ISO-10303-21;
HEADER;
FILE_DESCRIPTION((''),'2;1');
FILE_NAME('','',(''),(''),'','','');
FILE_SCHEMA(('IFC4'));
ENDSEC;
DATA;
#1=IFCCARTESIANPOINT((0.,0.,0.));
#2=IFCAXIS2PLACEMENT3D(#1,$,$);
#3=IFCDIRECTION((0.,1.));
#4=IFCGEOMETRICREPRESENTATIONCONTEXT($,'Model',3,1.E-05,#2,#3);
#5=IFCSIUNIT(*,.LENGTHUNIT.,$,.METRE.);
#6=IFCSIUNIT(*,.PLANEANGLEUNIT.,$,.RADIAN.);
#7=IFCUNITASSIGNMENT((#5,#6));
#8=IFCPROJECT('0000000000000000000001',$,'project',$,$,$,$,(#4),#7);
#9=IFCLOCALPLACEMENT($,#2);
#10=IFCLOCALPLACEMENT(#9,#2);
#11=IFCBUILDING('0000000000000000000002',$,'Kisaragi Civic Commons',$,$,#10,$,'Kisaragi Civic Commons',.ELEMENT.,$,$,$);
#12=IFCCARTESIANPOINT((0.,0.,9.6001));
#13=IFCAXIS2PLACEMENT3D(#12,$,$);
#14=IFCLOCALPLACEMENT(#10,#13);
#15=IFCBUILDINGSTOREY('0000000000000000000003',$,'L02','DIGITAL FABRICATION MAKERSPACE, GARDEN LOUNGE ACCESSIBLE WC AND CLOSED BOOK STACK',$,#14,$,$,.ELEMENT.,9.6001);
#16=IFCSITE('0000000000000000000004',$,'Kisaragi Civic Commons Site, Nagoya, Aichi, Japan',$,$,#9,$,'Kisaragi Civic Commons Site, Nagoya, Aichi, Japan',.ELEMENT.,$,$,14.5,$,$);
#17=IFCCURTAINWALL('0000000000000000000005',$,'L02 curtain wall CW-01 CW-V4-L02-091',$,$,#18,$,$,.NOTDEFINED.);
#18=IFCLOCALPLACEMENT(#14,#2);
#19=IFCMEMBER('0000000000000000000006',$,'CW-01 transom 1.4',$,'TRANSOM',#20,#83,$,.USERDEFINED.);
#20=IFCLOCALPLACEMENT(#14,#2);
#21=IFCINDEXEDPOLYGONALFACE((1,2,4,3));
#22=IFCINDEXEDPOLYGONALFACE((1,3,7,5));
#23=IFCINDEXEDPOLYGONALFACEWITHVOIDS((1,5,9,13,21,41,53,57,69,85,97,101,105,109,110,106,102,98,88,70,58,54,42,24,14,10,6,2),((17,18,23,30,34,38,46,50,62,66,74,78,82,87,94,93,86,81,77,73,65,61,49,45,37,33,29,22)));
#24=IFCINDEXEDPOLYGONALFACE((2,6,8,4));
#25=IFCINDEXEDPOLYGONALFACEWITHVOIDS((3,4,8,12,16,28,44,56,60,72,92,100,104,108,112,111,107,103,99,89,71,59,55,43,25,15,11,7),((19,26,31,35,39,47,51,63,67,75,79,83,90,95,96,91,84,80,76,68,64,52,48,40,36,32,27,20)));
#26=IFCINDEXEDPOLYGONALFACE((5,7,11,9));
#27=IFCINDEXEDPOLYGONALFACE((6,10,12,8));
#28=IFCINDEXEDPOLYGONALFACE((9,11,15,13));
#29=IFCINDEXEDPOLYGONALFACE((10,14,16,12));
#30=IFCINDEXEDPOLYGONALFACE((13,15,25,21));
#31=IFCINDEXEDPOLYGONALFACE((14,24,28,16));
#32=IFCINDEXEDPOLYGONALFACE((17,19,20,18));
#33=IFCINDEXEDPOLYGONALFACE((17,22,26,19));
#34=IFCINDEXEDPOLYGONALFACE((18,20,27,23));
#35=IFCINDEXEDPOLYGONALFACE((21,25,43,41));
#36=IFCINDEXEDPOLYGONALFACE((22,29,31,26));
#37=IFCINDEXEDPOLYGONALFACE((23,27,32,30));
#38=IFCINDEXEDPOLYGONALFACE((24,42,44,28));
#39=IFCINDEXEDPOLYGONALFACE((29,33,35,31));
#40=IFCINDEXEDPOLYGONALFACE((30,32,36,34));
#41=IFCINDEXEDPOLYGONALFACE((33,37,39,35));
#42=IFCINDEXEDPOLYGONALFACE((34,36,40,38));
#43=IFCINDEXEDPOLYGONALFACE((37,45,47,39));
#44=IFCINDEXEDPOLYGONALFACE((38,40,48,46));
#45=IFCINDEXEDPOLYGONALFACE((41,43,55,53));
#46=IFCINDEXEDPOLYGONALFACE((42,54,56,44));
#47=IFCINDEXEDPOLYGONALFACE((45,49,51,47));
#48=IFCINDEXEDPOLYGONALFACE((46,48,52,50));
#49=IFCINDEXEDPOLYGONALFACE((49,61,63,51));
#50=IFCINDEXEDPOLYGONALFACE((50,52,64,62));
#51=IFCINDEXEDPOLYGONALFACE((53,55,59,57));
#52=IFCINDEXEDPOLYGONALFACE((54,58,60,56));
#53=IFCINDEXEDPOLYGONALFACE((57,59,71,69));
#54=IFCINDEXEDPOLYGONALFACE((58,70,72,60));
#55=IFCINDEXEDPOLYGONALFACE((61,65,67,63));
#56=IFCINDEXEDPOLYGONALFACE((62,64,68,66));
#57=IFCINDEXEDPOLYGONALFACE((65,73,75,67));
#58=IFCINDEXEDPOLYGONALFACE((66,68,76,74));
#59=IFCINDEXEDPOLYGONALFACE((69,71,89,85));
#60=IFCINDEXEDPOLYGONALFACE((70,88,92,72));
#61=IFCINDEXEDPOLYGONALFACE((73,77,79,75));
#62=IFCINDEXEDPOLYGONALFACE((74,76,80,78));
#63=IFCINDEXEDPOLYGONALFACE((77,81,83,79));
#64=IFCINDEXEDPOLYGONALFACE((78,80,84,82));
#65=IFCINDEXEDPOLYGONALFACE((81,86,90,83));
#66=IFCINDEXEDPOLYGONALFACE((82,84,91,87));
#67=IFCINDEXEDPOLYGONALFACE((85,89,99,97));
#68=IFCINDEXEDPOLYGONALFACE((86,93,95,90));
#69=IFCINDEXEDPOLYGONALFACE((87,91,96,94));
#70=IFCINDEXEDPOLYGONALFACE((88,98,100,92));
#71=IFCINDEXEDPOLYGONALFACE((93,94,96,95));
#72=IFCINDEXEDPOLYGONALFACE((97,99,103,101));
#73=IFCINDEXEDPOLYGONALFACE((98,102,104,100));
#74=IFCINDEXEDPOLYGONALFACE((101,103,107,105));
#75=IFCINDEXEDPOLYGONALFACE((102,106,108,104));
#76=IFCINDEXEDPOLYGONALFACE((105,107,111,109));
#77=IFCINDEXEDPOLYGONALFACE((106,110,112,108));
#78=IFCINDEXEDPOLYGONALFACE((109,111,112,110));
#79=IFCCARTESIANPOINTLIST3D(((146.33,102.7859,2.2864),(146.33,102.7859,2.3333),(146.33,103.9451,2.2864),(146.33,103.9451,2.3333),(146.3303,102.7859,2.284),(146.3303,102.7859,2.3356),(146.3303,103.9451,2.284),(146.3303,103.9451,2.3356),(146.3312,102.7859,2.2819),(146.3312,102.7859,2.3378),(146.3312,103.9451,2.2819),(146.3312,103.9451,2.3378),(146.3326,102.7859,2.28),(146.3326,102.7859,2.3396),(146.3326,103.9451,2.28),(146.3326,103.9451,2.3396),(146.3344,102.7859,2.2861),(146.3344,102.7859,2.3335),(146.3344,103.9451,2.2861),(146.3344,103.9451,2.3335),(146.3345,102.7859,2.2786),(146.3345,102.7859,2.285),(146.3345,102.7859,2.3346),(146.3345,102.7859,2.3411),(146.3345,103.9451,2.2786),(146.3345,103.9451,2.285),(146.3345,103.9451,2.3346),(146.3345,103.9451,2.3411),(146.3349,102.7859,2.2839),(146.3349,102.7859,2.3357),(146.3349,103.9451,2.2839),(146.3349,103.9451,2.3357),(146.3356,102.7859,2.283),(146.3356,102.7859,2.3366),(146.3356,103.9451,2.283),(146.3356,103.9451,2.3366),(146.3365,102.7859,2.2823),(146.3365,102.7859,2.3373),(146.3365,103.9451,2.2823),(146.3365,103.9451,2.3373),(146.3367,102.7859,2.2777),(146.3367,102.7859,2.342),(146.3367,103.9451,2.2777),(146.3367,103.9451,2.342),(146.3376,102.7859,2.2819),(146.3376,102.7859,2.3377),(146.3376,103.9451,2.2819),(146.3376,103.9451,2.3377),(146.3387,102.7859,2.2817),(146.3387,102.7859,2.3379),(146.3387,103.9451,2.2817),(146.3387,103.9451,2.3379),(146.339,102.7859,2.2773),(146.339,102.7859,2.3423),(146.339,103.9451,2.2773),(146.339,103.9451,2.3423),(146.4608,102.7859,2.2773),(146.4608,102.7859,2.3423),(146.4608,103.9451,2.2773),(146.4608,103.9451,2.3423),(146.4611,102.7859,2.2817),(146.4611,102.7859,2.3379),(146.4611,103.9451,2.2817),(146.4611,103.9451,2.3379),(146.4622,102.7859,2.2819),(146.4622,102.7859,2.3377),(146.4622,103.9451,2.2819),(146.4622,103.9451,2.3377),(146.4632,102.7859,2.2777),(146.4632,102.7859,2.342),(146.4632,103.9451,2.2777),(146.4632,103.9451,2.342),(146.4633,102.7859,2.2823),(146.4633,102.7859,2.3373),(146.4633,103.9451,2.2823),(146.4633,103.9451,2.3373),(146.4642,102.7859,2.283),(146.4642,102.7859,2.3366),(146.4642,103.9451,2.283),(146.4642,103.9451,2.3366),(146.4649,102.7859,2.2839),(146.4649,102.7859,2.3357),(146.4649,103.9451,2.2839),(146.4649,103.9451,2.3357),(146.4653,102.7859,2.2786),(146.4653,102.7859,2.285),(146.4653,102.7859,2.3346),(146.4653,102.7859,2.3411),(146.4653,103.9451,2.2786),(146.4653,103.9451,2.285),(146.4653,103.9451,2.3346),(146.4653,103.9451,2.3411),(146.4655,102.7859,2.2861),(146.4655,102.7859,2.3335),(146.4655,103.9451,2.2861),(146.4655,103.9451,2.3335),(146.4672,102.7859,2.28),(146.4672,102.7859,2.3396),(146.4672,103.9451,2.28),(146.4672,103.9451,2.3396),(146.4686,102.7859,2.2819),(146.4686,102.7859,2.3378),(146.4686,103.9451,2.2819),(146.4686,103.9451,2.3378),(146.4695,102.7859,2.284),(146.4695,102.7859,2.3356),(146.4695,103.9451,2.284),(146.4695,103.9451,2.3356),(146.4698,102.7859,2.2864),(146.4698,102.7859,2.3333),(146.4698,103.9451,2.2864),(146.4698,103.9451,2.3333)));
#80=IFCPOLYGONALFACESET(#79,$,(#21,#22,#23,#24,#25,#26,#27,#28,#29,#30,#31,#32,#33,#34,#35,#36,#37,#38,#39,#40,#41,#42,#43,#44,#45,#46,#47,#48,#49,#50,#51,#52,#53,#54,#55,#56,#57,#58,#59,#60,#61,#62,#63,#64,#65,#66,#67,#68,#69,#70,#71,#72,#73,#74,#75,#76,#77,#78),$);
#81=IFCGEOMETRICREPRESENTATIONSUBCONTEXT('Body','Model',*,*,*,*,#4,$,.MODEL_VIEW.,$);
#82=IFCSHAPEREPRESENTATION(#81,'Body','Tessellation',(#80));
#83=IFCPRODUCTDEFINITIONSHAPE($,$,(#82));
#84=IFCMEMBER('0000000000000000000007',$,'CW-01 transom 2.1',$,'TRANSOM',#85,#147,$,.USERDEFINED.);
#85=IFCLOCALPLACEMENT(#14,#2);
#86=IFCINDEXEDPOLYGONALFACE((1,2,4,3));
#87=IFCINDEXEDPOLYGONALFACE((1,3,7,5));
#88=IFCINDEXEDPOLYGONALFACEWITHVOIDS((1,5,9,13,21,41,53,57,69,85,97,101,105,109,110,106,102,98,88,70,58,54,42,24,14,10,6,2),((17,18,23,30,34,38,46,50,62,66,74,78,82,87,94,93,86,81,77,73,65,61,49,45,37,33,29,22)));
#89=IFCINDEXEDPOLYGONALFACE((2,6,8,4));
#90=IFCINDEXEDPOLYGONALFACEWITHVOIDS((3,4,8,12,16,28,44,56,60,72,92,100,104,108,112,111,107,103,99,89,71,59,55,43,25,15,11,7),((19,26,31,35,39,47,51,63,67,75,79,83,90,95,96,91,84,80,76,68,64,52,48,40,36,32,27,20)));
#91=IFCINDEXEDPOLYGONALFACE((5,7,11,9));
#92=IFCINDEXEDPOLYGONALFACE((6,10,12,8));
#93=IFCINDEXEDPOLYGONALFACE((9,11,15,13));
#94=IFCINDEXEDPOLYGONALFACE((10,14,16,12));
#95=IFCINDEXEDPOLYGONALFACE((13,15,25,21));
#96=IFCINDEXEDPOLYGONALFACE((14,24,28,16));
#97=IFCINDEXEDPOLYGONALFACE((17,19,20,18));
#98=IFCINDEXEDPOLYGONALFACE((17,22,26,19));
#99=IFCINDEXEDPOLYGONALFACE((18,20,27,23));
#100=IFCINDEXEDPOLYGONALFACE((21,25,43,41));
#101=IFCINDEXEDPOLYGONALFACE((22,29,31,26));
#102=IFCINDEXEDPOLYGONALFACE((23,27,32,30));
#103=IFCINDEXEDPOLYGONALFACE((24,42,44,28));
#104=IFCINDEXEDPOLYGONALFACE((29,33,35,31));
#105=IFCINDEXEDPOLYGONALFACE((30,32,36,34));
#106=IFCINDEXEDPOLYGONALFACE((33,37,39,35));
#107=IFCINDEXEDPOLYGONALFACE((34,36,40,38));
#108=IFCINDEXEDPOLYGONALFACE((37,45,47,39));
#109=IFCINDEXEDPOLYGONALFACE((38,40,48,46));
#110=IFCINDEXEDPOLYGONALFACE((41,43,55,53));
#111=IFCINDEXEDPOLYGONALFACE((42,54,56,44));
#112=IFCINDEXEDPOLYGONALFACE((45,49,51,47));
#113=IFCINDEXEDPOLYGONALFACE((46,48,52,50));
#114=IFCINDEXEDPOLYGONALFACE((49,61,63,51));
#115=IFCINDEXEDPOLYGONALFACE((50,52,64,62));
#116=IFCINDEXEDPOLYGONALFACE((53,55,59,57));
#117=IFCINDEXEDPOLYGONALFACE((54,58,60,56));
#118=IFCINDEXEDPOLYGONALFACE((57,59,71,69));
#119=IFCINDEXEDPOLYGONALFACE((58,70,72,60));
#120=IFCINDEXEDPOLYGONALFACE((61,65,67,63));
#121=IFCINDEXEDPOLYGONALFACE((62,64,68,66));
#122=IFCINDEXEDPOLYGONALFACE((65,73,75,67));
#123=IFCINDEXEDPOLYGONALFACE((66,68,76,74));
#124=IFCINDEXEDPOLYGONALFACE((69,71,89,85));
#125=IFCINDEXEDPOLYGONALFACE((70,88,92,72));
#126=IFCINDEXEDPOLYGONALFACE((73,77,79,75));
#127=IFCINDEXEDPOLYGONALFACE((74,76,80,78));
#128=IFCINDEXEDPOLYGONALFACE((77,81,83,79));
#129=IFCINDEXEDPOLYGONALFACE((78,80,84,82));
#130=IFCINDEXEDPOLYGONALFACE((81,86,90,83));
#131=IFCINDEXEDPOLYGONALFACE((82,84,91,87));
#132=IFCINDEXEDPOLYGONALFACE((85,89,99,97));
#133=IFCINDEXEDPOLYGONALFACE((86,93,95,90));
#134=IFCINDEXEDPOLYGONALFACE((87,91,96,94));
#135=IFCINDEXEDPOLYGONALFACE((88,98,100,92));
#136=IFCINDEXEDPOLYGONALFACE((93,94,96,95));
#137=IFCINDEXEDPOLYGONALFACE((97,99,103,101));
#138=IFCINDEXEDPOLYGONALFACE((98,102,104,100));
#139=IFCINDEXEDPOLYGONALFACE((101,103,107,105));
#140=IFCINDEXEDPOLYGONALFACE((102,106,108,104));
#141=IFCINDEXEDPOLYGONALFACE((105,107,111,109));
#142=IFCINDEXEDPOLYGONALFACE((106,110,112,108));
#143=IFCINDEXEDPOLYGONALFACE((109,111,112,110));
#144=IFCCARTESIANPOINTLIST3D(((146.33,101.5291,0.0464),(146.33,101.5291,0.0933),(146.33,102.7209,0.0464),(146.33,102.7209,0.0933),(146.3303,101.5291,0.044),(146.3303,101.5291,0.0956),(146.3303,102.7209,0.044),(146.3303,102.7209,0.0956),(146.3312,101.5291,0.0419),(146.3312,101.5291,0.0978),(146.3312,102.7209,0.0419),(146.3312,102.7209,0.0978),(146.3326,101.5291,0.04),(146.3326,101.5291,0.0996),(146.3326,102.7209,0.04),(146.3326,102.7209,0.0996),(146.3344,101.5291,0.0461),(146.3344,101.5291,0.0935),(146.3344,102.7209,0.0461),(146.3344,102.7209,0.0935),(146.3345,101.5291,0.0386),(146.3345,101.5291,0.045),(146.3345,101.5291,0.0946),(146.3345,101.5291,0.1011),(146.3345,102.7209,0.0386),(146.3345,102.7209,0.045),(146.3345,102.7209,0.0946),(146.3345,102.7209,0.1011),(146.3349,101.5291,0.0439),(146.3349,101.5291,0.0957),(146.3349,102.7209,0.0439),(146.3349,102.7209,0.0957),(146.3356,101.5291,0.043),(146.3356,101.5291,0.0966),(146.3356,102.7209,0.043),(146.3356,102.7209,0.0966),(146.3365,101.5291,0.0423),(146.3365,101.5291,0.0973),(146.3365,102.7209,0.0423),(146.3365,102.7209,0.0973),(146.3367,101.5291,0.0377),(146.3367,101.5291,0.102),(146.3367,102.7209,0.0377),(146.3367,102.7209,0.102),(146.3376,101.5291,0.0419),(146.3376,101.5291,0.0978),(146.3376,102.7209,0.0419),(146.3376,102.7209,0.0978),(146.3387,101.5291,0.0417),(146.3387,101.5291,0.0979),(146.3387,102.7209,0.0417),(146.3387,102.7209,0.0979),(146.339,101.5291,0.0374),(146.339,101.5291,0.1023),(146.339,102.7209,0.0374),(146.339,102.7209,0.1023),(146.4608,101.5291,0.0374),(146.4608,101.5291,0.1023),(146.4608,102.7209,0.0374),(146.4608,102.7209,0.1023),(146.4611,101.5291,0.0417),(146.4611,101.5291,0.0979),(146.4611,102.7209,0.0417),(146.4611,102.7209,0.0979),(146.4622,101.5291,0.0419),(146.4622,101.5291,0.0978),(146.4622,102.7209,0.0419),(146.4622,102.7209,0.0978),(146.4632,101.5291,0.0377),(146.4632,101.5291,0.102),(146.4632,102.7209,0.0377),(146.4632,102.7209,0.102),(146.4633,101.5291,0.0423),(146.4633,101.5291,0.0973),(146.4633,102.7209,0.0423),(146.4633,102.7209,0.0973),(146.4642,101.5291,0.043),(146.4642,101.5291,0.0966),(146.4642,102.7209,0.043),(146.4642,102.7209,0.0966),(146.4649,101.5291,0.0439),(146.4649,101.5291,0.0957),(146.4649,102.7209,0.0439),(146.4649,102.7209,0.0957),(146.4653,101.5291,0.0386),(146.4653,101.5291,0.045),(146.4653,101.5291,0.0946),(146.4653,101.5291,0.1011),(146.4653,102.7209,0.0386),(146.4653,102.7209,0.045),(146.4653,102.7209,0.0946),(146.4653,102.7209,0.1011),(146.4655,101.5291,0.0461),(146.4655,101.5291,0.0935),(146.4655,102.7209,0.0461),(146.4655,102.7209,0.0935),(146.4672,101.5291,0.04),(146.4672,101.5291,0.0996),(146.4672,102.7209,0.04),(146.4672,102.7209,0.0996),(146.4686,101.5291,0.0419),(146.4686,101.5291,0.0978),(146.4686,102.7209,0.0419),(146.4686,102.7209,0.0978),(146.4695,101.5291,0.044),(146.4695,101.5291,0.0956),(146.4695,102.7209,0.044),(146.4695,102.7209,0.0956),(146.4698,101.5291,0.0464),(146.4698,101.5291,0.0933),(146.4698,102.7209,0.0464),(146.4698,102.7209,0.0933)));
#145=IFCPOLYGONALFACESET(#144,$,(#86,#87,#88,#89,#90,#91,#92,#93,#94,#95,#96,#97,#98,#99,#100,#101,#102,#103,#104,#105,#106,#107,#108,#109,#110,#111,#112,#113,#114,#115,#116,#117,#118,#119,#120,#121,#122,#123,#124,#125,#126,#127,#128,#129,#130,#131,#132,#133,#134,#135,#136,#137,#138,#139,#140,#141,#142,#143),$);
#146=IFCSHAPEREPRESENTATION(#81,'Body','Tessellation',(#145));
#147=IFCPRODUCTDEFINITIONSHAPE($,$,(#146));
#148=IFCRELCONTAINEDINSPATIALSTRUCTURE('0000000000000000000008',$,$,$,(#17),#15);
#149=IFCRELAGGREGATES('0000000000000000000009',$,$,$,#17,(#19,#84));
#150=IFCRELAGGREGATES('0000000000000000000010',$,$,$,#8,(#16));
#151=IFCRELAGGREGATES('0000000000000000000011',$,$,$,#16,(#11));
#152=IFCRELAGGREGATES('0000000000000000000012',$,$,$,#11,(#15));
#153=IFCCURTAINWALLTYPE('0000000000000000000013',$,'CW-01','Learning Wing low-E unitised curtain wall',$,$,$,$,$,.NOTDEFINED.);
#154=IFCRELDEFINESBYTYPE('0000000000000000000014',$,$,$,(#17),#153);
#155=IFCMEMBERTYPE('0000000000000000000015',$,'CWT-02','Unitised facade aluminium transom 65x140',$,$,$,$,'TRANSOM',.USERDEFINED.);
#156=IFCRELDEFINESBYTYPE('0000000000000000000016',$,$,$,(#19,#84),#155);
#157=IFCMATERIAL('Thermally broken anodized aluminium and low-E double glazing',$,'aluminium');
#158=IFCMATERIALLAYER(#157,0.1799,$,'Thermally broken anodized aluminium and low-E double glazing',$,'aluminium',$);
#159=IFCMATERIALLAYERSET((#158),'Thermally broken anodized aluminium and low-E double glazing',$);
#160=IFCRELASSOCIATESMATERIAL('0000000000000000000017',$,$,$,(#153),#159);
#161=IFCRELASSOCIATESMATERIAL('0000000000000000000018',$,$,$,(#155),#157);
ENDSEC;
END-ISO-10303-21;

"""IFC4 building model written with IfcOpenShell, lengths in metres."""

from ifc_helpers import new_model, si_unit, direction, frame, origin, origin_2d, place, context, subcontext, project, spatial, hollow_rectangle, extrude, material, layer, layer_set, material_profile, profile_set, type_object, element, aggregate, save


model = new_model("IFC4")

# Units and contexts
model_context = context("Model", 3, precision=1e-05, world=origin(), true_north=direction((0.0, 1.0)))
body_context = subcontext(model_context, "Body", "Model", "MODEL_VIEW")
ifc_project = project(units=[si_unit("LENGTHUNIT", "METRE"), si_unit("PLANEANGLEUNIT", "RADIAN")], contexts=[model_context])

# Site, building, storey
site_placement = place(None, origin())
site = spatial("IfcSite", under=ifc_project, at=site_placement, Name="Kisaragi Civic Commons Site, Nagoya, Aichi, Japan", LongName="Kisaragi Civic Commons Site, Nagoya, Aichi, Japan", CompositionType="ELEMENT", RefElevation=14.5)
building_placement = place(site_placement, origin())
building = spatial("IfcBuilding", under=site, at=building_placement, Name="Kisaragi Civic Commons", LongName="Kisaragi Civic Commons", CompositionType="ELEMENT")
storey_placement = place(building_placement, frame((0.0, 0.0, 9.6001)))
storey = spatial("IfcBuildingStorey", under=building, at=storey_placement, Name="L02", Description="DIGITAL FABRICATION MAKERSPACE, GARDEN LOUNGE ACCESSIBLE WC AND CLOSED BOOK STACK", CompositionType="ELEMENT", Elevation=9.6001)

# Curtain wall
ifc_material_1 = material(Name="Thermally broken anodized aluminium and low-E double glazing", Category="aluminium")
ifc_layer_1 = layer(ifc_material_1, 0.1799, Name="Thermally broken anodized aluminium and low-E double glazing", Category="aluminium")
ifc_layer_set_1 = layer_set([ifc_layer_1], Name="Thermally broken anodized aluminium and low-E double glazing")
curtain_wall_type = type_object("IfcCurtainWallType", Name="CW-01", Description="Learning Wing low-E unitised curtain wall", PredefinedType="NOTDEFINED", material=ifc_layer_set_1)
curtain_wall_1_placement = place(storey_placement, origin())
curtain_wall_1 = element("IfcCurtainWall", 1, at=curtain_wall_1_placement, inside=storey, type_object=curtain_wall_type, Name="L02 curtain wall CW-01 CW-V4-L02-091", PredefinedType="NOTDEFINED")

# Members
ifc_material_profile_1 = material_profile(ifc_material_1, hollow_rectangle(XDim=0.1399, YDim=0.0649, WallThickness=0.0044, InnerFilletRadius=0.0044, OuterFilletRadius=0.009, at=origin_2d()), Name="CWT-65x140x4.5", Category="aluminium")
ifc_profile_set_1 = profile_set([ifc_material_profile_1], Name="Thermally broken anodized aluminium and low-E double glazing")
member_type_1 = type_object("IfcMemberType", Name="CWT-02", Description="Unitised facade aluminium transom 65x140", ElementType="TRANSOM", PredefinedType="USERDEFINED", material=ifc_profile_set_1)
member_1_placement = place(storey_placement, frame((146.3999, 103.9451, 2.3098), z_axis=(0.0, -1.0, 0.0), x_axis=(1.0, 0.0, 0.0)))
member_1 = element("IfcMember", 2, at=member_1_placement, type_object=member_type_1, Name="CW-01 transom 1.4", ObjectType="TRANSOM", PredefinedType="USERDEFINED", context=body_context, shape_type="SweptSolid", body=[
    extrude(hollow_rectangle(XDim=0.1399, YDim=0.0649, WallThickness=0.0044, InnerFilletRadius=0.0044, OuterFilletRadius=0.009, at=origin_2d()), origin(), (0.0, 0.0, 1.0), 1.1592),
])
member_2_placement = place(storey_placement, frame((146.3999, 102.7209, 0.0698), z_axis=(0.0, -1.0, 0.0), x_axis=(1.0, 0.0, 0.0)))
member_2 = element("IfcMember", 3, at=member_2_placement, type_object=member_type_1, Name="CW-01 transom 2.1", ObjectType="TRANSOM", PredefinedType="USERDEFINED", context=body_context, shape_type="SweptSolid", body=[
    extrude(hollow_rectangle(XDim=0.1399, YDim=0.0649, WallThickness=0.0044, InnerFilletRadius=0.0044, OuterFilletRadius=0.009, at=origin_2d()), origin(), (0.0, 0.0, 1.0), 1.1919),
])

aggregate(curtain_wall_1, [member_1, member_2])

save(model, "model.ifc")
